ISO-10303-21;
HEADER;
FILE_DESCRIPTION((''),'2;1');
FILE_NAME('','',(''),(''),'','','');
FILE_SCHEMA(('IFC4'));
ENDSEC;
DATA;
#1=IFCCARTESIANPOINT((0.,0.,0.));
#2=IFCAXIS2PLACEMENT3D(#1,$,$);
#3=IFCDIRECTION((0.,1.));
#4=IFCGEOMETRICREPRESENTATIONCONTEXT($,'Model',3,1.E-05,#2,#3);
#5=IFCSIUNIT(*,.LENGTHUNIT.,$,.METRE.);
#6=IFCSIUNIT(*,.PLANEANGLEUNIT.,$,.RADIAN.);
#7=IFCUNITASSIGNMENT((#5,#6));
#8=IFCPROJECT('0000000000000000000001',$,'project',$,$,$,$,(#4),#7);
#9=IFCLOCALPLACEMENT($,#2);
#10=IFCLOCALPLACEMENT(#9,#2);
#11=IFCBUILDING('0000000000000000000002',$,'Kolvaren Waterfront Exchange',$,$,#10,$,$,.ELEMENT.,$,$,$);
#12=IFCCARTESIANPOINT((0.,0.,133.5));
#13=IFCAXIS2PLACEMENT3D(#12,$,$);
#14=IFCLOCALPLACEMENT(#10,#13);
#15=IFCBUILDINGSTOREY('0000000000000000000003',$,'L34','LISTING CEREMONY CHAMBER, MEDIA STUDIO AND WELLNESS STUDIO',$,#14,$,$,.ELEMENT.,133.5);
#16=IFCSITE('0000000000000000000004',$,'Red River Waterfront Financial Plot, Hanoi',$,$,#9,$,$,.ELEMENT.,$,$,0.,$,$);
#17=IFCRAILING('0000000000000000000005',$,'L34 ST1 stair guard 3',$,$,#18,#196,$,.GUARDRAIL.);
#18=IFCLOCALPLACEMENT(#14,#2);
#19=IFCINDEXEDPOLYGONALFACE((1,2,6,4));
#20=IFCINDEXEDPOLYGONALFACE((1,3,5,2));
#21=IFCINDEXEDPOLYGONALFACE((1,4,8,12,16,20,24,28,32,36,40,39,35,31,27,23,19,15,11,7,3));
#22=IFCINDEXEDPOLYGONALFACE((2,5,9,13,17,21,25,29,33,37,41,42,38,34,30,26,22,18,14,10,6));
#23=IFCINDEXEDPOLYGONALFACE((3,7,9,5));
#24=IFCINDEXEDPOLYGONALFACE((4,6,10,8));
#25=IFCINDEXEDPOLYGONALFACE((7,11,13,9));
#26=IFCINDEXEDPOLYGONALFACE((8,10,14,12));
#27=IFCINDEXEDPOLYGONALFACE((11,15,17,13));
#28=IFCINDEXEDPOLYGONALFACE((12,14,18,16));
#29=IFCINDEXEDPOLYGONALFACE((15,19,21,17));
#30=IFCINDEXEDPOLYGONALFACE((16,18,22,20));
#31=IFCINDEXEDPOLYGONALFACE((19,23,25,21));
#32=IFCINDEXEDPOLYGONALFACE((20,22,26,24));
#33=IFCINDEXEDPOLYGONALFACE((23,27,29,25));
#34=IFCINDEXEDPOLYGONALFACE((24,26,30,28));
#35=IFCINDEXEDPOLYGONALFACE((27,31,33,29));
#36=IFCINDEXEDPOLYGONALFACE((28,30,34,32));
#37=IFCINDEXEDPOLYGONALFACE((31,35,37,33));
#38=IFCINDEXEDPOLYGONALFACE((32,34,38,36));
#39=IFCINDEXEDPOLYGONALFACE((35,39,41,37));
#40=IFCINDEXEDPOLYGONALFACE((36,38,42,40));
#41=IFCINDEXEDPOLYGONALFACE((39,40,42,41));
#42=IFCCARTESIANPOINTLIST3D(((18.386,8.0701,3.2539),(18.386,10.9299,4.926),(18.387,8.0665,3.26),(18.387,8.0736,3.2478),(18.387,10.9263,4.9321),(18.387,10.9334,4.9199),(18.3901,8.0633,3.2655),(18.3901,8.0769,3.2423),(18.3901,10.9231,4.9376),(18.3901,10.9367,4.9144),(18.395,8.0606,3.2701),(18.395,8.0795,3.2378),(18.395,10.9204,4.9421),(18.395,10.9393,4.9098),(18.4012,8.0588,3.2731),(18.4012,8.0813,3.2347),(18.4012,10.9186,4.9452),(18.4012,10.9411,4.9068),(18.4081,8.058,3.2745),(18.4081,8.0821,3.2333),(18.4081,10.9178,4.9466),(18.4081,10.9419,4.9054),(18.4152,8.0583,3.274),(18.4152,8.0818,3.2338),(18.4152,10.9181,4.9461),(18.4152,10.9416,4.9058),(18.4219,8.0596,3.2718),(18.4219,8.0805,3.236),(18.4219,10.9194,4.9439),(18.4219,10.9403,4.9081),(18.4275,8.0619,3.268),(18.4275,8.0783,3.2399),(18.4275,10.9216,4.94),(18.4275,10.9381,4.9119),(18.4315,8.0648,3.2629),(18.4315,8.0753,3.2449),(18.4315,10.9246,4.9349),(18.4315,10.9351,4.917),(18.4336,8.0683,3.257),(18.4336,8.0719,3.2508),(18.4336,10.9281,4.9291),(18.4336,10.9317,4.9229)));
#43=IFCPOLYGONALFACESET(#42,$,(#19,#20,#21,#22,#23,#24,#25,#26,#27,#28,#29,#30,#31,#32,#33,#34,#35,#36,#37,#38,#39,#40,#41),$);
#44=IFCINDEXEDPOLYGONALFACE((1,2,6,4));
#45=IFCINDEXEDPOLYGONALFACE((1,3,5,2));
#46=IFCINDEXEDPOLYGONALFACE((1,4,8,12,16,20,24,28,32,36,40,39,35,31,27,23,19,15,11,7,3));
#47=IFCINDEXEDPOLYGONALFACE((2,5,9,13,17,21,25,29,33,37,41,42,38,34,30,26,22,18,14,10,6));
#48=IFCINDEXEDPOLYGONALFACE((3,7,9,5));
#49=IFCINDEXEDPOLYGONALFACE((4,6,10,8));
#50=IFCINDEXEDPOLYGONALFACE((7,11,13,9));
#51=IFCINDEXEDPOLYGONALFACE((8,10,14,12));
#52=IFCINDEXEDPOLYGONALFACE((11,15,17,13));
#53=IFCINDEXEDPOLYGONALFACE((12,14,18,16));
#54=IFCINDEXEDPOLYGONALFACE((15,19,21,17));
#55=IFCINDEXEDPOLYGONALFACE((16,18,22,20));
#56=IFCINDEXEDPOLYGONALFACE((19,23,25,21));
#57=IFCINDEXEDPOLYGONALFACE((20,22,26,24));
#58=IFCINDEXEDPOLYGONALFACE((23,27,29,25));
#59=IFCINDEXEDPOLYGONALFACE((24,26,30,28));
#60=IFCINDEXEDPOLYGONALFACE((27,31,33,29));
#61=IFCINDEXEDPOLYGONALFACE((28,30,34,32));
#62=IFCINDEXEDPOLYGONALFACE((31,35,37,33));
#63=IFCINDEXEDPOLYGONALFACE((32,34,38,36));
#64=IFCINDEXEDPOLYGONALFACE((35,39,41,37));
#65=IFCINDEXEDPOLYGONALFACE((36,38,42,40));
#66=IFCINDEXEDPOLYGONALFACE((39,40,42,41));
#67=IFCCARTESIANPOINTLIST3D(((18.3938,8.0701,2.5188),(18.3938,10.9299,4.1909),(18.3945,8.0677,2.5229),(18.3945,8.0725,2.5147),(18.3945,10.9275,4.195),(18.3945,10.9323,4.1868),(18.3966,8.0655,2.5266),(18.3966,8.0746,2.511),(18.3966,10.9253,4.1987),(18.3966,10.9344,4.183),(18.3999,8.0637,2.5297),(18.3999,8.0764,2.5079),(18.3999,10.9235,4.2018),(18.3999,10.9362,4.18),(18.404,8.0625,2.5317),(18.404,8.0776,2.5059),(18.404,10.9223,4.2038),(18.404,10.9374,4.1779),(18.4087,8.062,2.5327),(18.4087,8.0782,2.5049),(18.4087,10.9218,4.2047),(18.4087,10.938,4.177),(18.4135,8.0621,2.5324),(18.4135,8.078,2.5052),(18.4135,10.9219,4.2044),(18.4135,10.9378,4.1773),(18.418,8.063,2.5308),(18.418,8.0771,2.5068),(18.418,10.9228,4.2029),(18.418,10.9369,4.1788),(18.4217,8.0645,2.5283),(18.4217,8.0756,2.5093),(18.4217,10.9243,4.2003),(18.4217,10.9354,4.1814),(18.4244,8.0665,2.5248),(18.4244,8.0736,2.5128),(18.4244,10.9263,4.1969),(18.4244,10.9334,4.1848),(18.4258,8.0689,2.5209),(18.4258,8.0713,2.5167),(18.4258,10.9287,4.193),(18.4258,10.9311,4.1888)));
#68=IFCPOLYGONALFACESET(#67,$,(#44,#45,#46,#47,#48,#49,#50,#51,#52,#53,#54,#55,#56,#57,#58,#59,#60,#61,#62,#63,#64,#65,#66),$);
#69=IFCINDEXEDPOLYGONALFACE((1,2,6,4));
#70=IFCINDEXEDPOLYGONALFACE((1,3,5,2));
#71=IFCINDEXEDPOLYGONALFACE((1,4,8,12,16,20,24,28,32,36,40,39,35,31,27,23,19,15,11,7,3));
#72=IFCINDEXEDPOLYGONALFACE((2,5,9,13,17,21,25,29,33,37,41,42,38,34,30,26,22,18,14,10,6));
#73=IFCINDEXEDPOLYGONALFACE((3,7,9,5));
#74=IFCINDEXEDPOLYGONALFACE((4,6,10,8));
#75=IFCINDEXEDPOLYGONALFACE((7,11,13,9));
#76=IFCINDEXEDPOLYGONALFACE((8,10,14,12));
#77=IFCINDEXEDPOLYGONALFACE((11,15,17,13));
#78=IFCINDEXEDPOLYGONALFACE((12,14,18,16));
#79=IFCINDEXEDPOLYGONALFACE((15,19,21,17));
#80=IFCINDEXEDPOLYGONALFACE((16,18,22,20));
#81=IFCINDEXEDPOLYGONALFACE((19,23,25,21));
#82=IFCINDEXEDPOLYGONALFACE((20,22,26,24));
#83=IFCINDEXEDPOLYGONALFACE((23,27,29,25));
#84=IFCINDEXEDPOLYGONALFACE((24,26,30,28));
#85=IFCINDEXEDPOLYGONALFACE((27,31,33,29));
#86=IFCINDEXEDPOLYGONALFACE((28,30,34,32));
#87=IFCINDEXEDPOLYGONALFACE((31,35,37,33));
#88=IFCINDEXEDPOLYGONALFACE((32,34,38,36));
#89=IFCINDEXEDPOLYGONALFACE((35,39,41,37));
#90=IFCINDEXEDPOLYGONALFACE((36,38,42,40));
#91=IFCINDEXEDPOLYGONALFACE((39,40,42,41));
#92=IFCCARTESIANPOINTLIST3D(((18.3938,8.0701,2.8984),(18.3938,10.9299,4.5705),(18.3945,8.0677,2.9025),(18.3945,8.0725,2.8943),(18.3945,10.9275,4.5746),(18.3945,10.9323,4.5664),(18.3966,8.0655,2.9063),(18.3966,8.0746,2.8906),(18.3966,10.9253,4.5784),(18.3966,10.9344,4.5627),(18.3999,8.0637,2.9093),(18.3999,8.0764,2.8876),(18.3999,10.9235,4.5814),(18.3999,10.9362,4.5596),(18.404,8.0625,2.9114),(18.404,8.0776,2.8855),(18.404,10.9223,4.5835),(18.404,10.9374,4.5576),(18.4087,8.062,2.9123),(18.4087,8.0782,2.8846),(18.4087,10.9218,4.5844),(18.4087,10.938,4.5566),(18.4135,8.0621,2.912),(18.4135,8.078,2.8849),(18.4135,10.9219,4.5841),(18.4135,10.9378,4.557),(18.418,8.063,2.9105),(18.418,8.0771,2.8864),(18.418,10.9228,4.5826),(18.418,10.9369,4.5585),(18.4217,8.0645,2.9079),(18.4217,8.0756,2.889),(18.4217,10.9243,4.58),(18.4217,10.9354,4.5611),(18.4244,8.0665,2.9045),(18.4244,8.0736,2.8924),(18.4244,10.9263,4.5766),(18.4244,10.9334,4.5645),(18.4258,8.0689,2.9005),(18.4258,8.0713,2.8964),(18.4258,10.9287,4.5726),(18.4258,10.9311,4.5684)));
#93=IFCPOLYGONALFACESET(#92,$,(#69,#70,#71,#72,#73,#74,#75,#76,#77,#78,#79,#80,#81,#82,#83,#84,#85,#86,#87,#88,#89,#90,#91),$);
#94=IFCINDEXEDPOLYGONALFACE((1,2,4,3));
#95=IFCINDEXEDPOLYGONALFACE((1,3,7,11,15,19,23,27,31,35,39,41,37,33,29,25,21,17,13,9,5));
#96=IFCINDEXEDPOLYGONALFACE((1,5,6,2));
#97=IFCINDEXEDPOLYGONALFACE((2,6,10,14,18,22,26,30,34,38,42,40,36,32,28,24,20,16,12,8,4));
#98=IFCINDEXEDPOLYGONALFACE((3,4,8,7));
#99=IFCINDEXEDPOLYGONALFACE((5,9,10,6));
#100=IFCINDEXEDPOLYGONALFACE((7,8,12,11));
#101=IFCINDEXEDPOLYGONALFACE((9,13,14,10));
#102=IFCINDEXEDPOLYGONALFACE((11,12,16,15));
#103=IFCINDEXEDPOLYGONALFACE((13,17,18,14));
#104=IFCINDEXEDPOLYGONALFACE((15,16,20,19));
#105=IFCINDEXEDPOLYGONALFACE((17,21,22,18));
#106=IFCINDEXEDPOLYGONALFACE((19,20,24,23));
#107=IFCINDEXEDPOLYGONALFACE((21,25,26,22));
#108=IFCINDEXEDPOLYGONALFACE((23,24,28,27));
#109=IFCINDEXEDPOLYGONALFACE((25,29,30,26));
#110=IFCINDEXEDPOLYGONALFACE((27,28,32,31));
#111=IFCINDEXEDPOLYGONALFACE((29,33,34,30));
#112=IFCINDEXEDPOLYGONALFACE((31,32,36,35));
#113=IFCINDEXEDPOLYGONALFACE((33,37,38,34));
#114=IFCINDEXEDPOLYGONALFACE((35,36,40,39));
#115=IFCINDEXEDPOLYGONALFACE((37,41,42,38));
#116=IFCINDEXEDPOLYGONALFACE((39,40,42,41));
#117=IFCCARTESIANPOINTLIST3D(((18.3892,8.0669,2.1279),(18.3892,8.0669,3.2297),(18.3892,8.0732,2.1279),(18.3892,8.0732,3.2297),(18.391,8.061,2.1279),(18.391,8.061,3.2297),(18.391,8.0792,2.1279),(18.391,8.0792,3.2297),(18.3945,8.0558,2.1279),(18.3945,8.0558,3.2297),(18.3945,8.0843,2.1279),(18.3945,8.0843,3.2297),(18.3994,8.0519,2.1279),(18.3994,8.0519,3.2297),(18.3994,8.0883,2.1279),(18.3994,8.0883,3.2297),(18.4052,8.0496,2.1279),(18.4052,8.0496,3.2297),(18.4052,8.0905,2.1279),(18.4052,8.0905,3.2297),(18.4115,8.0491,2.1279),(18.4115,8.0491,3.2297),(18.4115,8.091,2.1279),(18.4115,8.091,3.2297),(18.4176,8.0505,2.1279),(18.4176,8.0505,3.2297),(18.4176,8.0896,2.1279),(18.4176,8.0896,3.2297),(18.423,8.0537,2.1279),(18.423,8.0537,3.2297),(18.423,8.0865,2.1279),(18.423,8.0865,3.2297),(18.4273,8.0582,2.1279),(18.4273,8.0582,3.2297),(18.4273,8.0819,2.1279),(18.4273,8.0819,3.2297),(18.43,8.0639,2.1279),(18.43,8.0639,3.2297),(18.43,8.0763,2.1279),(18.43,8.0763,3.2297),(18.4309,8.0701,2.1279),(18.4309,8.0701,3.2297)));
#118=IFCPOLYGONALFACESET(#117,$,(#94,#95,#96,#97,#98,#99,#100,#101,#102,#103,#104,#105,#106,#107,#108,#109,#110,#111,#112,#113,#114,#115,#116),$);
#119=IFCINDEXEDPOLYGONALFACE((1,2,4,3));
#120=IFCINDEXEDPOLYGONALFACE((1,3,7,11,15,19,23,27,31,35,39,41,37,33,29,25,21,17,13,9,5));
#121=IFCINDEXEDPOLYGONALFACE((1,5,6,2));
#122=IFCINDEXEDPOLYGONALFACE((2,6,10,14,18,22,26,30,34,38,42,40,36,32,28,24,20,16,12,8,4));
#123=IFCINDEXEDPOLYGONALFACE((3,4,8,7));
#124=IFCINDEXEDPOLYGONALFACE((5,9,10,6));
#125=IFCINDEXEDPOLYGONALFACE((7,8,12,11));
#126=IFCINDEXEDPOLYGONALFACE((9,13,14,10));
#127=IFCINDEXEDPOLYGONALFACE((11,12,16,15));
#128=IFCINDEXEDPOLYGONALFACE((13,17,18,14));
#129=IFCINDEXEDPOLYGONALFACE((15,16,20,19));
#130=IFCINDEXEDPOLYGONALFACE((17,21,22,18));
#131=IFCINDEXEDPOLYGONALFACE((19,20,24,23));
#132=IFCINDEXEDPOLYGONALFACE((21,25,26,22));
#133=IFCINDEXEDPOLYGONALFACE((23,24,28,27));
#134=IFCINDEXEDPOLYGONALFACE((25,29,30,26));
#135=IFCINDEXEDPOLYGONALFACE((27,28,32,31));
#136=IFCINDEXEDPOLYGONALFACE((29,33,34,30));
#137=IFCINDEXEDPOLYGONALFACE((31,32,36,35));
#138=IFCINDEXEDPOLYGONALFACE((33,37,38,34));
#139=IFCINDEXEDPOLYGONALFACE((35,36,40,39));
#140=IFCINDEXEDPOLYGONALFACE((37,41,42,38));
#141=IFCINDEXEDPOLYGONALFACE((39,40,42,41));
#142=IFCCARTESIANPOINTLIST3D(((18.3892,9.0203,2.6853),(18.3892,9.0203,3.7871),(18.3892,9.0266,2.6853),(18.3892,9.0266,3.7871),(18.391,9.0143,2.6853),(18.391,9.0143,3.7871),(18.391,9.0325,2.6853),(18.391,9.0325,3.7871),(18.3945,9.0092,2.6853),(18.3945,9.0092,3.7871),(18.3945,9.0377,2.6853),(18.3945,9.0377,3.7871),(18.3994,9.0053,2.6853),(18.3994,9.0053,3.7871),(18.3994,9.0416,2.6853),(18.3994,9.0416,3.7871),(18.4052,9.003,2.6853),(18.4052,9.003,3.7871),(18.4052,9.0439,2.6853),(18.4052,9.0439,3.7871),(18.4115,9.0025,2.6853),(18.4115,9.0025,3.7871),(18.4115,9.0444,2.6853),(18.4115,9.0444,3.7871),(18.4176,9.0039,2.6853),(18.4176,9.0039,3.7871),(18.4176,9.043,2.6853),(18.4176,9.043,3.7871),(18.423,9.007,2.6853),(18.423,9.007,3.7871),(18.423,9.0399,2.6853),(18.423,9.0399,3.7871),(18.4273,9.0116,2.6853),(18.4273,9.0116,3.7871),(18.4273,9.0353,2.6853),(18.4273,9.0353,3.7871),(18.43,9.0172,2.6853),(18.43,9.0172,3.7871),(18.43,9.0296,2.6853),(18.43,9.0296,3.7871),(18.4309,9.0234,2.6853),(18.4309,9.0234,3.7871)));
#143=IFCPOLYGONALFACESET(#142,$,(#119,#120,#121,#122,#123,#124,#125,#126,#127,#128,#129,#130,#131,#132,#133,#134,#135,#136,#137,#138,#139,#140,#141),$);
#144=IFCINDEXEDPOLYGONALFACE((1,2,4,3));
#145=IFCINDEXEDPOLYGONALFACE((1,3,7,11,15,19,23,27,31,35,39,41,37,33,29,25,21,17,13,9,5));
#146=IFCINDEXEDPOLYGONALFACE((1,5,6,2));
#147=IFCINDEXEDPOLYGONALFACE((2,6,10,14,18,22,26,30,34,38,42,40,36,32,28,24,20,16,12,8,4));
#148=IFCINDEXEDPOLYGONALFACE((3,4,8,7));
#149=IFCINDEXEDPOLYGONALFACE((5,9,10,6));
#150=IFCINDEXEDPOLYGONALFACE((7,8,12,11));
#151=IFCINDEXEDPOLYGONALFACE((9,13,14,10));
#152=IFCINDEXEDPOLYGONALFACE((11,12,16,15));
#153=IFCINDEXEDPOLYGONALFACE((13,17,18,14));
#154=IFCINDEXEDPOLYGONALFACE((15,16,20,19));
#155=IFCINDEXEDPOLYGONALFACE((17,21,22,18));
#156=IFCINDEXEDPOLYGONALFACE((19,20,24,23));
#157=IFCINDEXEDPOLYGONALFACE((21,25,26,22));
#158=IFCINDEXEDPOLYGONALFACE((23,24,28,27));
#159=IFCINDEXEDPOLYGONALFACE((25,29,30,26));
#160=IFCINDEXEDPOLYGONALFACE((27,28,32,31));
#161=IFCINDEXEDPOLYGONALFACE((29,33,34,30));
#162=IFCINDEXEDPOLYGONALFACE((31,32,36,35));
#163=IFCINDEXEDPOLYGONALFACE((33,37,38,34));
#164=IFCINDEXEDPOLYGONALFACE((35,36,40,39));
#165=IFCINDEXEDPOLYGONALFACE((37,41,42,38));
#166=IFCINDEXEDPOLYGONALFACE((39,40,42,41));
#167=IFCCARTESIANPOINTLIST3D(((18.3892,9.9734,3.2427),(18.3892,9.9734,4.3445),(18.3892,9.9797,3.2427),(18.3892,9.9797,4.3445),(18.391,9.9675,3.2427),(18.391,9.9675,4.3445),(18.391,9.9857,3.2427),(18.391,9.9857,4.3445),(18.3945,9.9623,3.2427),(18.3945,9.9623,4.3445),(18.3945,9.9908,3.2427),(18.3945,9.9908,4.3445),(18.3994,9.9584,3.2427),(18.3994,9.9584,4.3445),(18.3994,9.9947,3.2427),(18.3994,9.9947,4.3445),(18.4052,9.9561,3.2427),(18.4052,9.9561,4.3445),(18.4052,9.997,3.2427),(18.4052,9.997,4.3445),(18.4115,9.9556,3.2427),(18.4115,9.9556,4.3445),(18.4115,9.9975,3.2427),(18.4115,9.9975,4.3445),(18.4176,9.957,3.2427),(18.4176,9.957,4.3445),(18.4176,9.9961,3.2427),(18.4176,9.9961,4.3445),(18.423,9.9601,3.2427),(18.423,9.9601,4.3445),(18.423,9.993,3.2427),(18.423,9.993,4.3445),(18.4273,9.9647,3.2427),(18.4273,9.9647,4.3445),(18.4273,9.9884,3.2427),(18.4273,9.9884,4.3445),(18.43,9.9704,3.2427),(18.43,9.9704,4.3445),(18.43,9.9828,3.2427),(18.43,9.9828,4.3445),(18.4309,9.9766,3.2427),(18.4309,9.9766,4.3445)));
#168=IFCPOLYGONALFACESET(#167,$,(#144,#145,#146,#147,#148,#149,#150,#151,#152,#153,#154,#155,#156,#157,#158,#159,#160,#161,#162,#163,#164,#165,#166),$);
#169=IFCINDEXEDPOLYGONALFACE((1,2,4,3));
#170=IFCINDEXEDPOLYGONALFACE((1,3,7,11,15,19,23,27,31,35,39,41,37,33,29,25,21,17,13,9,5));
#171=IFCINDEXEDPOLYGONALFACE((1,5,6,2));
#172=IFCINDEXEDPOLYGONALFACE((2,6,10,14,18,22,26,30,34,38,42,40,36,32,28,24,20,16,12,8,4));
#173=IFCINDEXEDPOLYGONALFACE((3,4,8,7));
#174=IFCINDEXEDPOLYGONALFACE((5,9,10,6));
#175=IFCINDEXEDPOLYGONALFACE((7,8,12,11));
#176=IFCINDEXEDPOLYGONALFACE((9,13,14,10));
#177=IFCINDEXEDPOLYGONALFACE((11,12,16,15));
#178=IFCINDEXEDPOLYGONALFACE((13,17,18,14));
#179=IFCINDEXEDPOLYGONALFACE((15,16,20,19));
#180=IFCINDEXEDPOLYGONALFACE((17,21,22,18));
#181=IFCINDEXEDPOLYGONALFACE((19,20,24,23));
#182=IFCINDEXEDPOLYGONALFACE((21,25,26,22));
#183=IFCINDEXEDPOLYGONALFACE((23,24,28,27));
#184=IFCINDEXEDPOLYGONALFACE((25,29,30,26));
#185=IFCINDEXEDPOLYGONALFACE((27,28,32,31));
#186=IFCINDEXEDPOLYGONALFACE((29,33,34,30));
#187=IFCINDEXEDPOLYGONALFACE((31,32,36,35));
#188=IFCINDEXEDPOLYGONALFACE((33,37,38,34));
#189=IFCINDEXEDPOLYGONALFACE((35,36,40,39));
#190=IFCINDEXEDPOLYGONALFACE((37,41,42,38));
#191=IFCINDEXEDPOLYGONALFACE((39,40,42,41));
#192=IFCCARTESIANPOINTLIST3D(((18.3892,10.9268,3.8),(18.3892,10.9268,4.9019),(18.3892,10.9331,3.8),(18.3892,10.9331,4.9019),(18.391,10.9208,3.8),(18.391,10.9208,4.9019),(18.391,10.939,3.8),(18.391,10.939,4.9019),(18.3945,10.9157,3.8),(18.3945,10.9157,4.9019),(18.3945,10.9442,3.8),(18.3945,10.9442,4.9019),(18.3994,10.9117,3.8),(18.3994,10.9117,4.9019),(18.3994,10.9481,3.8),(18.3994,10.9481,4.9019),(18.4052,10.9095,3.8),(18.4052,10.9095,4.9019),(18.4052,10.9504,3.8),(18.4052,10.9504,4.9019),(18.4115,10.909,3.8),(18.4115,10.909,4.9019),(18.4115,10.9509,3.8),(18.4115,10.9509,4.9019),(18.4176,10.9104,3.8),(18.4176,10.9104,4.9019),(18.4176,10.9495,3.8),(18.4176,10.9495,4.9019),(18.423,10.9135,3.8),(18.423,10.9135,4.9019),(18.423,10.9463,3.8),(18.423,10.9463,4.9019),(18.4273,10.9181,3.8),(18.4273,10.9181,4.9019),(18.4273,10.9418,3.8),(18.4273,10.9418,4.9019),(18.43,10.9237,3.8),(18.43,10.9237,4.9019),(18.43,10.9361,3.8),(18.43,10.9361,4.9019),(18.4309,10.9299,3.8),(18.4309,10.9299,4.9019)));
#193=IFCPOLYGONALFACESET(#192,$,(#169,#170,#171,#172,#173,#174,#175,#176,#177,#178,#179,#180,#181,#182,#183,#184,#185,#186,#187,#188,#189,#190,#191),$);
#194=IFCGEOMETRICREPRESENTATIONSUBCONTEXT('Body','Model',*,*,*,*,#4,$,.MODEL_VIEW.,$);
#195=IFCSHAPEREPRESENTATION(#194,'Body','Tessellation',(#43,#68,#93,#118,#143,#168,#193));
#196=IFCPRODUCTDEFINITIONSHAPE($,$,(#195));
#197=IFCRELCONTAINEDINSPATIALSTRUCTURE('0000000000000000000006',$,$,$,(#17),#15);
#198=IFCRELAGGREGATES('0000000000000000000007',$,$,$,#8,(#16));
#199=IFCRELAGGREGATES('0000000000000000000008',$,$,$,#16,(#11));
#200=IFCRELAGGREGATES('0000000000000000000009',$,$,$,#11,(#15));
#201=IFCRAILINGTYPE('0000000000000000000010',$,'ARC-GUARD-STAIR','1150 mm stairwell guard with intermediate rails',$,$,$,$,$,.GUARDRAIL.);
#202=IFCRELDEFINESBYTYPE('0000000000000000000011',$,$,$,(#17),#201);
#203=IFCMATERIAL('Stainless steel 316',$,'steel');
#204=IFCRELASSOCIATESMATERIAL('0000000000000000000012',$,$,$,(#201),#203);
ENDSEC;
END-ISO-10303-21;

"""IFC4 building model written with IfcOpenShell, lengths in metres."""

from ifc_helpers import new_model, si_unit, direction, frame, origin, origin_2d, place, context, subcontext, project, spatial, circle, extrude, material, type_object, element, save


model = new_model("IFC4")

# Units and contexts
model_context = context("Model", 3, precision=1e-05, world=origin(), true_north=direction((0.0, 1.0)))
body_context = subcontext(model_context, "Body", "Model", "MODEL_VIEW")
ifc_project = project(units=[si_unit("LENGTHUNIT", "METRE"), si_unit("PLANEANGLEUNIT", "RADIAN")], contexts=[model_context])

# Site, building, storey
site_placement = place(None, origin())
site = spatial("IfcSite", under=ifc_project, at=site_placement, Name="Red River Waterfront Financial Plot, Hanoi", CompositionType="ELEMENT", RefElevation=0.0)
building_placement = place(site_placement, origin())
building = spatial("IfcBuilding", under=site, at=building_placement, Name="Kolvaren Waterfront Exchange", CompositionType="ELEMENT")
storey_placement = place(building_placement, frame((0.0, 0.0, 133.5)))
storey = spatial("IfcBuildingStorey", under=building, at=storey_placement, Name="L34", Description="LISTING CEREMONY CHAMBER, MEDIA STUDIO AND WELLNESS STUDIO", CompositionType="ELEMENT", Elevation=133.5)

# Railing
ifc_material_1 = material(Name="Stainless steel 316", Category="steel")
railing_type_1 = type_object("IfcRailingType", Name="ARC-GUARD-STAIR", Description="1150 mm stairwell guard with intermediate rails", PredefinedType="GUARDRAIL", material=ifc_material_1)
railing_1_placement = place(storey_placement, frame((18.4099, 8.0701, 2.1279)))
element("IfcRailing", 1, at=railing_1_placement, inside=storey, type_object=railing_type_1, Name="L34 ST1 stair guard 3", PredefinedType="GUARDRAIL", context=body_context, shape_type="SweptSolid", body=[
    extrude(circle(Radius=0.0239, at=origin_2d()), frame((0.0, 0.0, 1.126), z_axis=(0.0, 0.863271, 0.504741), x_axis=(-1.0, 0.0, 0.0)), (0.0, 0.0, 1.0), 3.3127),
    extrude(circle(Radius=0.0161, at=origin_2d()), frame((0.0, 0.0, 0.3909), z_axis=(0.0, 0.863271, 0.504741), x_axis=(-1.0, 0.0, 0.0)), (0.0, 0.0, 1.0), 3.3127),
    extrude(circle(Radius=0.0161, at=origin_2d()), frame((0.0, 0.0, 0.7705), z_axis=(0.0, 0.863271, 0.504741), x_axis=(-1.0, 0.0, 0.0)), (0.0, 0.0, 1.0), 3.3127),
    extrude(circle(Radius=0.021, at=origin_2d()), origin(), (0.0, 0.0, 1.0), 1.1018),
    extrude(circle(Radius=0.021, at=origin_2d()), frame((0.0, 0.9534, 0.5574)), (0.0, 0.0, 1.0), 1.1018),
    extrude(circle(Radius=0.021, at=origin_2d()), frame((0.0, 1.9065, 1.1147)), (0.0, 0.0, 1.0), 1.1018),
    extrude(circle(Radius=0.021, at=origin_2d()), frame((0.0, 2.8599, 1.6721)), (0.0, 0.0, 1.0), 1.1018),
])

save(model, "model.ifc")
